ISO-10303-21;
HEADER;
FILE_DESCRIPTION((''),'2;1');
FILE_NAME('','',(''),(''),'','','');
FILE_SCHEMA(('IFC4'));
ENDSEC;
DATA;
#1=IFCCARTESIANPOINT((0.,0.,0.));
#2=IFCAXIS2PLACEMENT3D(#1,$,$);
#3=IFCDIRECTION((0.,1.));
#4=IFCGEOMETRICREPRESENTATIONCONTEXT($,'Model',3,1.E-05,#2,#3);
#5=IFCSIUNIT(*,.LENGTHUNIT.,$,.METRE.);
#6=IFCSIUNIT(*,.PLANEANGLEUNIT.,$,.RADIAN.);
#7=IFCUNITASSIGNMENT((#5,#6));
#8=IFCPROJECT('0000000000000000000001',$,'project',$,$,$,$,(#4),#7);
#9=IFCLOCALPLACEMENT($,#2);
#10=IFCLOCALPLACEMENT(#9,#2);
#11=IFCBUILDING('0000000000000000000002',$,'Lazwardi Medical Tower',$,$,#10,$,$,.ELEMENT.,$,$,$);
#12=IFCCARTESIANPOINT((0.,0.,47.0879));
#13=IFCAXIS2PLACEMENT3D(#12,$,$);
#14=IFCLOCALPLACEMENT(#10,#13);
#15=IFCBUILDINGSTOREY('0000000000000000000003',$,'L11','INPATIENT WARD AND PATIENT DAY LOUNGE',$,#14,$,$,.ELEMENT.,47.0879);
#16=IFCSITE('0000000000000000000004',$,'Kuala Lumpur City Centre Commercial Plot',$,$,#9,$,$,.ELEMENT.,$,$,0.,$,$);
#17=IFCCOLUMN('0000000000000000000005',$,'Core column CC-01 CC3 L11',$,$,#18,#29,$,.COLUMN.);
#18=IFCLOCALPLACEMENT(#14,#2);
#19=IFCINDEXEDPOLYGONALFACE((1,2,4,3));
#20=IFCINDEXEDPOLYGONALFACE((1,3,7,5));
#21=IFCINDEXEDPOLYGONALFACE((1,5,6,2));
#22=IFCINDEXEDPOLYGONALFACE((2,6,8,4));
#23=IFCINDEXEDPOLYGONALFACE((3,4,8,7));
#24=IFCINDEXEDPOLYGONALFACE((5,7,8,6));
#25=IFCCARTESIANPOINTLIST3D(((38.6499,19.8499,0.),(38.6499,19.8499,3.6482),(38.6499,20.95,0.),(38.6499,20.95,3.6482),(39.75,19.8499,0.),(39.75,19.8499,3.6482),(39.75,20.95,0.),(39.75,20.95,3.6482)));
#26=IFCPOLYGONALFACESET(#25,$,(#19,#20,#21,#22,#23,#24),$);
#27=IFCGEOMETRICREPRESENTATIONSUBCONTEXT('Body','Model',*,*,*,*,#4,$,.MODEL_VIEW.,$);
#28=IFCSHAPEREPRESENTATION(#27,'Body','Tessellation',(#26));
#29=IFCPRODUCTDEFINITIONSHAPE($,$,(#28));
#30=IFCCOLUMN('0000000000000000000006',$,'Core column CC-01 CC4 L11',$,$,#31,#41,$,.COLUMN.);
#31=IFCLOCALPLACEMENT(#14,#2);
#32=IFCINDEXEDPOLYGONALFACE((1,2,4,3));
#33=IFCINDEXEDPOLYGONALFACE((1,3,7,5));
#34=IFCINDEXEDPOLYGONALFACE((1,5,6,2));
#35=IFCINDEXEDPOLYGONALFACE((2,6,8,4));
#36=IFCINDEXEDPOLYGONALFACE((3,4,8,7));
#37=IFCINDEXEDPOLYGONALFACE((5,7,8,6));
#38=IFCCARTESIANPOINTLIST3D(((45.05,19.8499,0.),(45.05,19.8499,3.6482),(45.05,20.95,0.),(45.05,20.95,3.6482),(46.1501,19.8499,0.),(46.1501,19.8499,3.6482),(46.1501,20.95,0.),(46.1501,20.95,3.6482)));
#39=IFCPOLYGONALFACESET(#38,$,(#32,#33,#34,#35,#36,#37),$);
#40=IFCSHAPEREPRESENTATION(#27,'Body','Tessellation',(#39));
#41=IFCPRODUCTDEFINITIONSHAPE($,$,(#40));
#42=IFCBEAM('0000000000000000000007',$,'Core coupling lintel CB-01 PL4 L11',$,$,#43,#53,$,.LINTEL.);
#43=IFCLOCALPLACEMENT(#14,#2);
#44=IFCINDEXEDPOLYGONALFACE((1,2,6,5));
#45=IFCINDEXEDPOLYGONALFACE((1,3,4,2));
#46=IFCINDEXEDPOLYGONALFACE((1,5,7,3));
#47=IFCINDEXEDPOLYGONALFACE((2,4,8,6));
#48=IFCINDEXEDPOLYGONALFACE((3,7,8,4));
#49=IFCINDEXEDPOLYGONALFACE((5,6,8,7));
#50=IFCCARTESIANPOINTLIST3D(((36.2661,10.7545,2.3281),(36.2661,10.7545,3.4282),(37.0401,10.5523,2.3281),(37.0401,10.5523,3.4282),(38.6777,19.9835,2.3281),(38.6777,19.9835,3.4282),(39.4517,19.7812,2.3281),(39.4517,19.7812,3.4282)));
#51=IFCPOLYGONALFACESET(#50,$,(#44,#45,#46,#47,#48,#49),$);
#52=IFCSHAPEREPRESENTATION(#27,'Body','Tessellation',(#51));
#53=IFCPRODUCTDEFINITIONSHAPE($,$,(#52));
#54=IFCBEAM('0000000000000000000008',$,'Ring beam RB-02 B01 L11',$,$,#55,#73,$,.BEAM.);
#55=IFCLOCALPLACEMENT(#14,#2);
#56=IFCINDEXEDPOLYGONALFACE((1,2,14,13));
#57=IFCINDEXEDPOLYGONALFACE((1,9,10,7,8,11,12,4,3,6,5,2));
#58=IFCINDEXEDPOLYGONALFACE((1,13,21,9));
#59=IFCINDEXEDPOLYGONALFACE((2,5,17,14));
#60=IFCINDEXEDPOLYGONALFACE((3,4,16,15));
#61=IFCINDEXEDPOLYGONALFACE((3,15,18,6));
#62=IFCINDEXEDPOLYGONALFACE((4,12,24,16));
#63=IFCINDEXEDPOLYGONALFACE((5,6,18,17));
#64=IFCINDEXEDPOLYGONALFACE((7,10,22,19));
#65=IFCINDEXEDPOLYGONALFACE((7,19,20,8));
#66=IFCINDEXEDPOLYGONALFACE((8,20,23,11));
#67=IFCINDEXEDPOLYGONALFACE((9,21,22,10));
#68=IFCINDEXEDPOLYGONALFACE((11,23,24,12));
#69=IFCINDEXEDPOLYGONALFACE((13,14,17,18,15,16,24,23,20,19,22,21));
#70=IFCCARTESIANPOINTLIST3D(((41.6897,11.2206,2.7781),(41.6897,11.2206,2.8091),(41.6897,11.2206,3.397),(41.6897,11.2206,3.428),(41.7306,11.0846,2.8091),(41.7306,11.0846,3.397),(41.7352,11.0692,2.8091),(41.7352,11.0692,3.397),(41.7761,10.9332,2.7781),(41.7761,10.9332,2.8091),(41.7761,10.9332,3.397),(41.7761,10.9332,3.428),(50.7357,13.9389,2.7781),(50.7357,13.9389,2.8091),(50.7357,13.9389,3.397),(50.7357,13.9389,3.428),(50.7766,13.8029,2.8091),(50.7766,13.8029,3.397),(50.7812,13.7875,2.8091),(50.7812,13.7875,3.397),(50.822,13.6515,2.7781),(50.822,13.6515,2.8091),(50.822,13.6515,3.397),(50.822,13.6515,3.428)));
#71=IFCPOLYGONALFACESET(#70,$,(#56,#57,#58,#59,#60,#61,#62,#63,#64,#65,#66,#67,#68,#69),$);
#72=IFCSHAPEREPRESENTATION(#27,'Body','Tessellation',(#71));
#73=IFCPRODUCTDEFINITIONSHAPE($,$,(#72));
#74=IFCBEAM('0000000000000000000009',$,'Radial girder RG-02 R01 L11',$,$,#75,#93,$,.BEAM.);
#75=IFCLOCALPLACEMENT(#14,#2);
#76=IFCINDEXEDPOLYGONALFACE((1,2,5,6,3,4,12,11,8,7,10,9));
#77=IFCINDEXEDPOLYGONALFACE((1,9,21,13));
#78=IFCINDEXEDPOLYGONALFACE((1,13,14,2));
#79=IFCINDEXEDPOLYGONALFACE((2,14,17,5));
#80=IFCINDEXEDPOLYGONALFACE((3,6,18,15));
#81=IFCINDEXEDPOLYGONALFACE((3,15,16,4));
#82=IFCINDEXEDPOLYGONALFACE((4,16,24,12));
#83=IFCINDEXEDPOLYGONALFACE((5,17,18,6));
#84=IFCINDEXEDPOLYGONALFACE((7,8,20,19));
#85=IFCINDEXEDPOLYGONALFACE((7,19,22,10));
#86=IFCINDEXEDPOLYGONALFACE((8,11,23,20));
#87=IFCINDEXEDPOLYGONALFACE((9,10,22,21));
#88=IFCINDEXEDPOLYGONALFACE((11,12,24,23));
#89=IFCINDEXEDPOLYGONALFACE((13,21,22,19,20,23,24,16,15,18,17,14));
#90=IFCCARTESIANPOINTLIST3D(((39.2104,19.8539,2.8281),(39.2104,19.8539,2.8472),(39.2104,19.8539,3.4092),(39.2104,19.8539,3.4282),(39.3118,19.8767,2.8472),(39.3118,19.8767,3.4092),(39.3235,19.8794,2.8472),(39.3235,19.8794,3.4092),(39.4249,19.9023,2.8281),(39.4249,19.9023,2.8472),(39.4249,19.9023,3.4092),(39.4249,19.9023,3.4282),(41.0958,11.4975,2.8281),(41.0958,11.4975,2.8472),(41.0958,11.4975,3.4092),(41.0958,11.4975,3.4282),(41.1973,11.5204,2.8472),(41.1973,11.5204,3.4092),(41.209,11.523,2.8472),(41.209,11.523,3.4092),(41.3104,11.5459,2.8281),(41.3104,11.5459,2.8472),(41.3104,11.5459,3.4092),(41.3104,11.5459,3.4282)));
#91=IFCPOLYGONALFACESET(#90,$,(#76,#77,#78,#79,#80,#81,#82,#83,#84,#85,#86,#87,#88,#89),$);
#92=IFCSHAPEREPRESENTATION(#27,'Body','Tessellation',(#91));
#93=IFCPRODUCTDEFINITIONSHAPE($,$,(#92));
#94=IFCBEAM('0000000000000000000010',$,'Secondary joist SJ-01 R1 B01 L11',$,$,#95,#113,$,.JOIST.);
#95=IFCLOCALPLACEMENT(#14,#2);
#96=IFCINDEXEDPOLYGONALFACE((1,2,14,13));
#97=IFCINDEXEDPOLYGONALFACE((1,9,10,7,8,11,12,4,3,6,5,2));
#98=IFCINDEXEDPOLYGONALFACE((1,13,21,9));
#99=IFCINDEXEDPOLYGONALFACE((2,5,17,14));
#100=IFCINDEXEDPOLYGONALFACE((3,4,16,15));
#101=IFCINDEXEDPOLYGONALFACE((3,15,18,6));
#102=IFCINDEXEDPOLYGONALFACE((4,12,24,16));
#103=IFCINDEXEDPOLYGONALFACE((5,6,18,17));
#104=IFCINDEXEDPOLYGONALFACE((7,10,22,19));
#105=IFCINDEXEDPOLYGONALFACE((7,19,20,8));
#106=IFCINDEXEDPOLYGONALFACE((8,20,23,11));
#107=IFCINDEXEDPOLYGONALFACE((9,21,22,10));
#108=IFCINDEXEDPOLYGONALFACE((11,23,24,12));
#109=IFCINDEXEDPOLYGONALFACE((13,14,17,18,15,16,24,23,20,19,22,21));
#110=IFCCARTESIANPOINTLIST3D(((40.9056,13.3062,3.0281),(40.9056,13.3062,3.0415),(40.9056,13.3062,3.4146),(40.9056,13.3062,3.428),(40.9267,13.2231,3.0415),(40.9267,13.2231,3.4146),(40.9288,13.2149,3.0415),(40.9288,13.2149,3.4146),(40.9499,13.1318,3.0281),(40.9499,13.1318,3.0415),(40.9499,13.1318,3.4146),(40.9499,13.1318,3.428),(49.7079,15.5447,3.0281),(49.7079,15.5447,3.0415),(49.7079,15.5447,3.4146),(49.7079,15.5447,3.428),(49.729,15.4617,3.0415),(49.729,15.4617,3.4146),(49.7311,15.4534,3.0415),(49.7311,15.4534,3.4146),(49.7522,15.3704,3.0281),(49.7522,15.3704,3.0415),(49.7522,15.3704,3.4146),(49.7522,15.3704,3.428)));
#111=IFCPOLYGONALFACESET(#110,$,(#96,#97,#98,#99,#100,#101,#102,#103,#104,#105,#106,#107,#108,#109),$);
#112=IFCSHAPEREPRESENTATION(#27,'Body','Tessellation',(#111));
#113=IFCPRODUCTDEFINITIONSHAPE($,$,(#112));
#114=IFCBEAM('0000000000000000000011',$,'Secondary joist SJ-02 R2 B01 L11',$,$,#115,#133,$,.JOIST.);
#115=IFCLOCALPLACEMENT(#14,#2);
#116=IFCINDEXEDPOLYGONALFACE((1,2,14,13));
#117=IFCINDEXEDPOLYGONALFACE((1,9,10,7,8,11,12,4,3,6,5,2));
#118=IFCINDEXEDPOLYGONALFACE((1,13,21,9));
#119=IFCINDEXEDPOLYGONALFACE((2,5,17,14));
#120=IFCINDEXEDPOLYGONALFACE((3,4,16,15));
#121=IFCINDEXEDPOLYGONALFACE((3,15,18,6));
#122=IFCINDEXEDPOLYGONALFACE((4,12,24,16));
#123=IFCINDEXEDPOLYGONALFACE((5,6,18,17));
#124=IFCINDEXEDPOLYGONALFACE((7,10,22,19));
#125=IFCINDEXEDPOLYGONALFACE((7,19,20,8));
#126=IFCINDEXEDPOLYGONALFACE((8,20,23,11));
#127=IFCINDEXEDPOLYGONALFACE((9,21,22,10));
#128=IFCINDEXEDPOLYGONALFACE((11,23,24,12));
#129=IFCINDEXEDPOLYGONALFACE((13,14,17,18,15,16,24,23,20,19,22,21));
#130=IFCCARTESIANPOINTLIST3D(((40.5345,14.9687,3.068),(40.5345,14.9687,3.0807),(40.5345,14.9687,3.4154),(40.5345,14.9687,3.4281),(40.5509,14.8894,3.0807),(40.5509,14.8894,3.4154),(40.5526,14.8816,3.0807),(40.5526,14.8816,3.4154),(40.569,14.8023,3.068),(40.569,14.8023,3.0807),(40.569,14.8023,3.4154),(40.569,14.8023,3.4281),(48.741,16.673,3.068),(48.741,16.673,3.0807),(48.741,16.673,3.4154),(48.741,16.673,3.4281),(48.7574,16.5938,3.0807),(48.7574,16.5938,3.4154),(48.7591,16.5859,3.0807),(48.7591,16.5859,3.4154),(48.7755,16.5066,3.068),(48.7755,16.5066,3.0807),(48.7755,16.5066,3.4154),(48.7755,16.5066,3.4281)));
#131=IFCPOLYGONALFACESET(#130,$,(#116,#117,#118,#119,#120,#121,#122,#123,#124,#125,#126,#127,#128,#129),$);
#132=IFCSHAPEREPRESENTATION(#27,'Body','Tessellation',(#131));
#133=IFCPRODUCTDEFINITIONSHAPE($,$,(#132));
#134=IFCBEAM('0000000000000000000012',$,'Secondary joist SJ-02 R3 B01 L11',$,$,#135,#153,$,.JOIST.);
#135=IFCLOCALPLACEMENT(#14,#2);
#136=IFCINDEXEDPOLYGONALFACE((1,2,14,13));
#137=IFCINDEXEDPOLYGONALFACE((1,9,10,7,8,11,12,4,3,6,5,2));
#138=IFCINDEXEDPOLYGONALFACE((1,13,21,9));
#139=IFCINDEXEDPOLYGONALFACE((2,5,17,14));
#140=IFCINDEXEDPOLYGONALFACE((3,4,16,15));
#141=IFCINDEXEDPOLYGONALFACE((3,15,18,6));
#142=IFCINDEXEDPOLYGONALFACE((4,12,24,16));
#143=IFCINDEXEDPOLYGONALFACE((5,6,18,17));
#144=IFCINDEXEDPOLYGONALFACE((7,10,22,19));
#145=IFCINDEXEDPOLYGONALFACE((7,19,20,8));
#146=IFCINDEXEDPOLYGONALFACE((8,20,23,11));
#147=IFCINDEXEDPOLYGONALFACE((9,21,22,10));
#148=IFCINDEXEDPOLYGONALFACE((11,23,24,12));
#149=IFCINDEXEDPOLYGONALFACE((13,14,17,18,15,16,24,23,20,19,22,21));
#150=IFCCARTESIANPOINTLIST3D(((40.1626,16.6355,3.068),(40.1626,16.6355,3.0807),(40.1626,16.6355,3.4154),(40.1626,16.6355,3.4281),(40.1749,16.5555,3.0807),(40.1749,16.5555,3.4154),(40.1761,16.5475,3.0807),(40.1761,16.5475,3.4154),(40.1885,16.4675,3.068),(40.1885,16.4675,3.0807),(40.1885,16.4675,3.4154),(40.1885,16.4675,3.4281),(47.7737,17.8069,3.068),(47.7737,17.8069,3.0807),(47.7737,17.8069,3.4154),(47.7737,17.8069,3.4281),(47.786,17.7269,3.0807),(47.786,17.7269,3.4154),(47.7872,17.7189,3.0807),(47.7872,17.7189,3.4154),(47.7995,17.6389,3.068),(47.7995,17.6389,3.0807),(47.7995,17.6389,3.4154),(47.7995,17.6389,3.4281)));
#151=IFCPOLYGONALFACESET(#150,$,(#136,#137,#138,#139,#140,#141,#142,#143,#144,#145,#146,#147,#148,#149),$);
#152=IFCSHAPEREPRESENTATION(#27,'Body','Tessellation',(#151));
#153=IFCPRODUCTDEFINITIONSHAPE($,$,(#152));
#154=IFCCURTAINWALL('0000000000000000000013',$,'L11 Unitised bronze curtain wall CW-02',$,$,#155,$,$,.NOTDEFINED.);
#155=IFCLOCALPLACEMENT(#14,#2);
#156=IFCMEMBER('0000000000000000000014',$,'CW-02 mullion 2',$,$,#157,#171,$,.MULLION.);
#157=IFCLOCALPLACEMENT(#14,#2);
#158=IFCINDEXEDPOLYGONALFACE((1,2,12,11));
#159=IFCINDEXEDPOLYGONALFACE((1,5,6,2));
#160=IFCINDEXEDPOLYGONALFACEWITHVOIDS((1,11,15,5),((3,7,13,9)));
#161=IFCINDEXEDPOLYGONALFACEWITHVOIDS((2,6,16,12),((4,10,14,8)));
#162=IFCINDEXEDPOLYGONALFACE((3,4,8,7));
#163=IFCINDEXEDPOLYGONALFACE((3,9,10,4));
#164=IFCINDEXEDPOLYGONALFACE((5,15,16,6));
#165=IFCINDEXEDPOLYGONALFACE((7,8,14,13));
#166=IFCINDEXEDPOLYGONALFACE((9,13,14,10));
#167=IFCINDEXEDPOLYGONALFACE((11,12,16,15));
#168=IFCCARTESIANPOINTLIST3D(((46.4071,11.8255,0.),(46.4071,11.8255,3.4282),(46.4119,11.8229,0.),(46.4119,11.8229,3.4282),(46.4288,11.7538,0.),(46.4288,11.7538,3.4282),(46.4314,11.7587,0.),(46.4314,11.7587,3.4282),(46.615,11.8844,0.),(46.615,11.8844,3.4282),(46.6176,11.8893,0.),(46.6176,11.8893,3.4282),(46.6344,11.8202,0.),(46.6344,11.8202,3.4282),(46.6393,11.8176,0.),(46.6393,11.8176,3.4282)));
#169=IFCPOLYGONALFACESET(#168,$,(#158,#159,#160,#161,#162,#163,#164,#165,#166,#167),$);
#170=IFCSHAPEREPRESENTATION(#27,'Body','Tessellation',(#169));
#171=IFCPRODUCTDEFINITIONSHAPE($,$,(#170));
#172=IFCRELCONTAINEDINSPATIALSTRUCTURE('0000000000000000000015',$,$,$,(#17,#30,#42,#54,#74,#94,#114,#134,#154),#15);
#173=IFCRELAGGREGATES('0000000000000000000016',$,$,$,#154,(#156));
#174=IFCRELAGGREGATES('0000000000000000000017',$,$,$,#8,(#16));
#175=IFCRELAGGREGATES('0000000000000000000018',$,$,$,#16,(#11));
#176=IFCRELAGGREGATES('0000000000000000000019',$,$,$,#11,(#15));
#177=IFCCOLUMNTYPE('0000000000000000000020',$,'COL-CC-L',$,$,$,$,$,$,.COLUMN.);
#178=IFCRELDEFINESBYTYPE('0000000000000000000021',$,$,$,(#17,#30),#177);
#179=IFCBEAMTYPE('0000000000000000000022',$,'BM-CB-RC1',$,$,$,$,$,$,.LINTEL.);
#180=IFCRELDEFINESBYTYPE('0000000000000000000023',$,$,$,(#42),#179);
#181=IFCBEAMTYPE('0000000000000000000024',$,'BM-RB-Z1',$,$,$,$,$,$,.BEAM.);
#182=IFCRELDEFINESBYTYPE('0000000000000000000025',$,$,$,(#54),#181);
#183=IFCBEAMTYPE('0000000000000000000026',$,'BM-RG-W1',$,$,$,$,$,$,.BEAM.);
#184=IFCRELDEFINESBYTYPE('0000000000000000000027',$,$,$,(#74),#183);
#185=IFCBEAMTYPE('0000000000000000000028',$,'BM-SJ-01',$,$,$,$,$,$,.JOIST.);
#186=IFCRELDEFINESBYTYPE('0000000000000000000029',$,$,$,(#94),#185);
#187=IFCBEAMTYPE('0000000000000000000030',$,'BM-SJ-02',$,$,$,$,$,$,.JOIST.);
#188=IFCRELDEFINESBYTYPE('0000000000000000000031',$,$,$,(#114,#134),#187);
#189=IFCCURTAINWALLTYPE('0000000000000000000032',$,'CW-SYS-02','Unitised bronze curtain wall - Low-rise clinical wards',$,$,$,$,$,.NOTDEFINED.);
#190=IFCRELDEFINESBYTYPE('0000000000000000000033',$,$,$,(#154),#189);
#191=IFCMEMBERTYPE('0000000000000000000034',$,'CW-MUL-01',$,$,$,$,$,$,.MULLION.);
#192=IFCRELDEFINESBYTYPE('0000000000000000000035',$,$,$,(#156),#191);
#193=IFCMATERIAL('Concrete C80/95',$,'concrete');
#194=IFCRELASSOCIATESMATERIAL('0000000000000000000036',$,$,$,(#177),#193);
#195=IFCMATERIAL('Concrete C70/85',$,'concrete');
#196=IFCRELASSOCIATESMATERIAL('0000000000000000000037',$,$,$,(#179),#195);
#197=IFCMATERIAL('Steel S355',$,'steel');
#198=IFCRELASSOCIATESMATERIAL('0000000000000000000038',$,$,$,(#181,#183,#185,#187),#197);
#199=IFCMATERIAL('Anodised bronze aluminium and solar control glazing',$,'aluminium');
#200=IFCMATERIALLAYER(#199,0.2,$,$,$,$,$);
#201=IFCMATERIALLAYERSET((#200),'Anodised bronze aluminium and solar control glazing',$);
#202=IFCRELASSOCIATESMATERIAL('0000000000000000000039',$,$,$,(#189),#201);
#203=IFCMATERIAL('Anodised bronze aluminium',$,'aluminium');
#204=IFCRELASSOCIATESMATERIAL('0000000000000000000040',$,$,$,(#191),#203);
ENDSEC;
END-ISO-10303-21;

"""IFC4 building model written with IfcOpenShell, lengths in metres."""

from ifc_helpers import new_model, si_unit, direction, frame, origin, origin_2d, place, context, subcontext, project, spatial, rectangle, hollow_rectangle, i_section, extrude, material, layer, layer_set, material_profile, profile_set, type_object, element, aggregate, save


model = new_model("IFC4")

# Units and contexts
model_context = context("Model", 3, precision=1e-05, world=origin(), true_north=direction((0.0, 1.0)))
body_context = subcontext(model_context, "Body", "Model", "MODEL_VIEW")
ifc_project = project(units=[si_unit("LENGTHUNIT", "METRE"), si_unit("PLANEANGLEUNIT", "RADIAN")], contexts=[model_context])

# Site, building, storey
site_placement = place(None, origin())
site = spatial("IfcSite", under=ifc_project, at=site_placement, Name="Kuala Lumpur City Centre Commercial Plot", CompositionType="ELEMENT", RefElevation=0.0)
building_placement = place(site_placement, origin())
building = spatial("IfcBuilding", under=site, at=building_placement, Name="Lazwardi Medical Tower", CompositionType="ELEMENT")
storey_placement = place(building_placement, frame((0.0, 0.0, 47.0879)))
storey = spatial("IfcBuildingStorey", under=building, at=storey_placement, Name="L11", Description="INPATIENT WARD AND PATIENT DAY LOUNGE", CompositionType="ELEMENT", Elevation=47.0879)

# Columns
ifc_material_1 = material(Name="Concrete C80/95", Category="concrete")
ifc_material_profile_1 = material_profile(ifc_material_1, rectangle(XDim=1.1001, YDim=1.1001, at=origin_2d()), Name="RC 1100x1100")
ifc_profile_set_1 = profile_set([ifc_material_profile_1], Name="Concrete C80/95")
column_type = type_object("IfcColumnType", Name="COL-CC-L", PredefinedType="COLUMN", material=ifc_profile_set_1)
for number, where, z_axis, x_axis, name in (
    (1, (39.2, 20.3999, 0.0), (0.0, 0.0, 1.0), (1.0, 0.0, 0.0), "Core column CC-01 CC3 L11"),
    (2, (45.6001, 20.3999, 0.0), (0.0, 0.0, 1.0), (1.0, 0.0, 0.0), "Core column CC-01 CC4 L11"),
):
    element("IfcColumn", number, at=place(storey_placement, frame(where, z_axis=z_axis, x_axis=x_axis)), inside=storey, type_object=column_type, Name=name, PredefinedType="COLUMN", context=body_context, shape_type="SweptSolid", body=[
        extrude(rectangle(XDim=1.1001, YDim=1.1001, at=origin_2d()), origin(), (0.0, 0.0, 1.0), 3.6482),
    ])

# Beams
ifc_material_2 = material(Name="Concrete C70/85", Category="concrete")
ifc_material_profile_2 = material_profile(ifc_material_2, rectangle(XDim=0.8, YDim=1.1001, at=origin_2d()), Name="RC 800x1100")
ifc_profile_set_2 = profile_set([ifc_material_profile_2], Name="Concrete C70/85")
beam_type_1 = type_object("IfcBeamType", Name="BM-CB-RC1", PredefinedType="LINTEL", material=ifc_profile_set_2)
beam_1_placement = place(storey_placement, frame((39.0647, 19.8823, 2.8782), z_axis=(-0.25282, -0.967513, 0.0), x_axis=(0.967513, -0.25282, 0.0)))
element("IfcBeam", 3, at=beam_1_placement, inside=storey, type_object=beam_type_1, Name="Core coupling lintel CB-01 PL4 L11", PredefinedType="LINTEL", context=body_context, shape_type="SweptSolid", body=[
    extrude(rectangle(XDim=0.8, YDim=1.1001, at=origin_2d()), origin(), (0.0, 0.0, 1.0), 9.5388),
])
ifc_material_3 = material(Name="Steel S355", Category="steel")
ifc_material_profile_3 = material_profile(ifc_material_3, i_section(OverallWidth=0.3, OverallDepth=0.6499, WebThickness=0.0161, FlangeThickness=0.031, at=origin_2d()), Name="HEB 650")
ifc_profile_set_3 = profile_set([ifc_material_profile_3], Name="Steel S355")
beam_type_2 = type_object("IfcBeamType", Name="BM-RB-Z1", PredefinedType="BEAM", material=ifc_profile_set_3)
beam_2_placement = place(storey_placement, frame((41.7329, 11.0769, 3.103), z_axis=(0.957695, 0.287784, 0.0), x_axis=(-0.287784, 0.957695, 0.0)))
element("IfcBeam", 4, at=beam_2_placement, inside=storey, type_object=beam_type_2, Name="Ring beam RB-02 B01 L11", PredefinedType="BEAM", context=body_context, shape_type="SweptSolid", body=[
    extrude(i_section(OverallWidth=0.3, OverallDepth=0.6499, WebThickness=0.0161, FlangeThickness=0.031, at=origin_2d()), origin(), (0.0, 0.0, 1.0), 9.4456),
])
ifc_material_profile_4 = material_profile(ifc_material_3, i_section(OverallWidth=0.22, OverallDepth=0.6001, WebThickness=0.012, FlangeThickness=0.019, at=origin_2d()), Name="IPE 600")
ifc_profile_set_4 = profile_set([ifc_material_profile_4], Name="Steel S355")
beam_type_3 = type_object("IfcBeamType", Name="BM-RG-W1", PredefinedType="BEAM", material=ifc_profile_set_4)
beam_3_placement = place(storey_placement, frame((41.2031, 11.5217, 3.1282), z_axis=(-0.220101, 0.975477, 0.0), x_axis=(-0.975477, -0.220101, 0.0)))
element("IfcBeam", 5, at=beam_3_placement, inside=storey, type_object=beam_type_3, Name="Radial girder RG-02 R01 L11", PredefinedType="BEAM", context=body_context, shape_type="SweptSolid", body=[
    extrude(i_section(OverallWidth=0.22, OverallDepth=0.6001, WebThickness=0.012, FlangeThickness=0.019, at=origin_2d()), origin(), (0.0, 0.0, 1.0), 8.5664),
])
ifc_material_profile_5 = material_profile(ifc_material_3, i_section(OverallWidth=0.1799, OverallDepth=0.3999, WebThickness=0.0085, FlangeThickness=0.0134, at=origin_2d()), Name="IPE 400")
ifc_profile_set_5 = profile_set([ifc_material_profile_5], Name="Steel S355")
beam_type_4 = type_object("IfcBeamType", Name="BM-SJ-01", PredefinedType="JOIST", material=ifc_profile_set_5)
beam_4_placement = place(storey_placement, frame((40.9277, 13.219, 3.228), z_axis=(0.969151, 0.246468, 0.0), x_axis=(-0.246468, 0.969151, 0.0)))
element("IfcBeam", 6, at=beam_4_placement, inside=storey, type_object=beam_type_4, Name="Secondary joist SJ-01 R1 B01 L11", PredefinedType="JOIST", context=body_context, shape_type="SweptSolid", body=[
    extrude(i_section(OverallWidth=0.1799, OverallDepth=0.3999, WebThickness=0.0085, FlangeThickness=0.0134, at=origin_2d()), origin(), (0.0, 0.0, 1.0), 9.0825),
])
ifc_material_profile_6 = material_profile(ifc_material_3, i_section(OverallWidth=0.1699, OverallDepth=0.3601, WebThickness=0.0081, FlangeThickness=0.0127, at=origin_2d()), Name="IPE 360")
ifc_profile_set_6 = profile_set([ifc_material_profile_6], Name="Steel S355")
beam_type_5 = type_object("IfcBeamType", Name="BM-SJ-02", PredefinedType="JOIST", material=ifc_profile_set_6)
beam_5_placement = place(storey_placement, frame((40.5518, 14.8855, 3.248), z_axis=(0.979108, 0.203342, 0.0), x_axis=(-0.203342, 0.979108, 0.0)))
element("IfcBeam", 7, at=beam_5_placement, inside=storey, type_object=beam_type_5, Name="Secondary joist SJ-02 R2 B01 L11", PredefinedType="JOIST", context=body_context, shape_type="SweptSolid", body=[
    extrude(i_section(OverallWidth=0.1699, OverallDepth=0.3601, WebThickness=0.0081, FlangeThickness=0.0127, at=origin_2d()), origin(), (0.0, 0.0, 1.0), 8.3816),
])
beam_6_placement = place(storey_placement, frame((40.1755, 16.5515, 3.248), z_axis=(0.988363, 0.152114, 0.0), x_axis=(-0.152114, 0.988363, 0.0)))
element("IfcBeam", 8, at=beam_6_placement, inside=storey, type_object=beam_type_5, Name="Secondary joist SJ-02 R3 B01 L11", PredefinedType="JOIST", context=body_context, shape_type="SweptSolid", body=[
    extrude(i_section(OverallWidth=0.1699, OverallDepth=0.3601, WebThickness=0.0081, FlangeThickness=0.0127, at=origin_2d()), origin(), (0.0, 0.0, 1.0), 7.7007),
])

# Curtain wall, member
ifc_material_4 = material(Name="Anodised bronze aluminium and solar control glazing", Category="aluminium")
ifc_layer_1 = layer(ifc_material_4, 0.2)
ifc_layer_set_1 = layer_set([ifc_layer_1], Name="Anodised bronze aluminium and solar control glazing")
curtain_wall_type = type_object("IfcCurtainWallType", Name="CW-SYS-02", Description="Unitised bronze curtain wall - Low-rise clinical wards", PredefinedType="NOTDEFINED", material=ifc_layer_set_1)
curtain_wall_placement = place(storey_placement, origin())
curtain_wall = element("IfcCurtainWall", 9, at=curtain_wall_placement, inside=storey, type_object=curtain_wall_type, Name="L11 Unitised bronze curtain wall CW-02", PredefinedType="NOTDEFINED")
ifc_material_5 = material(Name="Anodised bronze aluminium", Category="aluminium")
ifc_material_profile_7 = material_profile(ifc_material_5, hollow_rectangle(XDim=0.075, YDim=0.22, WallThickness=0.0039, at=origin_2d()), Name="ALU-MULLION 220x75x4")
ifc_profile_set_7 = profile_set([ifc_material_profile_7], Name="Anodised bronze aluminium")
member_type_1 = type_object("IfcMemberType", Name="CW-MUL-01", PredefinedType="MULLION", material=ifc_profile_set_7)
member_1_placement = place(storey_placement, frame((46.5232, 11.8215, 0.0), z_axis=(0.0, 0.0, 1.0), x_axis=(-0.289896, 0.957058, 0.0)))
member_1 = element("IfcMember", 10, at=member_1_placement, type_object=member_type_1, Name="CW-02 mullion 2", PredefinedType="MULLION", context=body_context, shape_type="SweptSolid", body=[
    extrude(hollow_rectangle(XDim=0.075, YDim=0.22, WallThickness=0.0039, at=origin_2d()), origin(), (0.0, 0.0, 1.0), 3.4282),
])
aggregate(curtain_wall, [member_1])

save(model, "model.ifc")
